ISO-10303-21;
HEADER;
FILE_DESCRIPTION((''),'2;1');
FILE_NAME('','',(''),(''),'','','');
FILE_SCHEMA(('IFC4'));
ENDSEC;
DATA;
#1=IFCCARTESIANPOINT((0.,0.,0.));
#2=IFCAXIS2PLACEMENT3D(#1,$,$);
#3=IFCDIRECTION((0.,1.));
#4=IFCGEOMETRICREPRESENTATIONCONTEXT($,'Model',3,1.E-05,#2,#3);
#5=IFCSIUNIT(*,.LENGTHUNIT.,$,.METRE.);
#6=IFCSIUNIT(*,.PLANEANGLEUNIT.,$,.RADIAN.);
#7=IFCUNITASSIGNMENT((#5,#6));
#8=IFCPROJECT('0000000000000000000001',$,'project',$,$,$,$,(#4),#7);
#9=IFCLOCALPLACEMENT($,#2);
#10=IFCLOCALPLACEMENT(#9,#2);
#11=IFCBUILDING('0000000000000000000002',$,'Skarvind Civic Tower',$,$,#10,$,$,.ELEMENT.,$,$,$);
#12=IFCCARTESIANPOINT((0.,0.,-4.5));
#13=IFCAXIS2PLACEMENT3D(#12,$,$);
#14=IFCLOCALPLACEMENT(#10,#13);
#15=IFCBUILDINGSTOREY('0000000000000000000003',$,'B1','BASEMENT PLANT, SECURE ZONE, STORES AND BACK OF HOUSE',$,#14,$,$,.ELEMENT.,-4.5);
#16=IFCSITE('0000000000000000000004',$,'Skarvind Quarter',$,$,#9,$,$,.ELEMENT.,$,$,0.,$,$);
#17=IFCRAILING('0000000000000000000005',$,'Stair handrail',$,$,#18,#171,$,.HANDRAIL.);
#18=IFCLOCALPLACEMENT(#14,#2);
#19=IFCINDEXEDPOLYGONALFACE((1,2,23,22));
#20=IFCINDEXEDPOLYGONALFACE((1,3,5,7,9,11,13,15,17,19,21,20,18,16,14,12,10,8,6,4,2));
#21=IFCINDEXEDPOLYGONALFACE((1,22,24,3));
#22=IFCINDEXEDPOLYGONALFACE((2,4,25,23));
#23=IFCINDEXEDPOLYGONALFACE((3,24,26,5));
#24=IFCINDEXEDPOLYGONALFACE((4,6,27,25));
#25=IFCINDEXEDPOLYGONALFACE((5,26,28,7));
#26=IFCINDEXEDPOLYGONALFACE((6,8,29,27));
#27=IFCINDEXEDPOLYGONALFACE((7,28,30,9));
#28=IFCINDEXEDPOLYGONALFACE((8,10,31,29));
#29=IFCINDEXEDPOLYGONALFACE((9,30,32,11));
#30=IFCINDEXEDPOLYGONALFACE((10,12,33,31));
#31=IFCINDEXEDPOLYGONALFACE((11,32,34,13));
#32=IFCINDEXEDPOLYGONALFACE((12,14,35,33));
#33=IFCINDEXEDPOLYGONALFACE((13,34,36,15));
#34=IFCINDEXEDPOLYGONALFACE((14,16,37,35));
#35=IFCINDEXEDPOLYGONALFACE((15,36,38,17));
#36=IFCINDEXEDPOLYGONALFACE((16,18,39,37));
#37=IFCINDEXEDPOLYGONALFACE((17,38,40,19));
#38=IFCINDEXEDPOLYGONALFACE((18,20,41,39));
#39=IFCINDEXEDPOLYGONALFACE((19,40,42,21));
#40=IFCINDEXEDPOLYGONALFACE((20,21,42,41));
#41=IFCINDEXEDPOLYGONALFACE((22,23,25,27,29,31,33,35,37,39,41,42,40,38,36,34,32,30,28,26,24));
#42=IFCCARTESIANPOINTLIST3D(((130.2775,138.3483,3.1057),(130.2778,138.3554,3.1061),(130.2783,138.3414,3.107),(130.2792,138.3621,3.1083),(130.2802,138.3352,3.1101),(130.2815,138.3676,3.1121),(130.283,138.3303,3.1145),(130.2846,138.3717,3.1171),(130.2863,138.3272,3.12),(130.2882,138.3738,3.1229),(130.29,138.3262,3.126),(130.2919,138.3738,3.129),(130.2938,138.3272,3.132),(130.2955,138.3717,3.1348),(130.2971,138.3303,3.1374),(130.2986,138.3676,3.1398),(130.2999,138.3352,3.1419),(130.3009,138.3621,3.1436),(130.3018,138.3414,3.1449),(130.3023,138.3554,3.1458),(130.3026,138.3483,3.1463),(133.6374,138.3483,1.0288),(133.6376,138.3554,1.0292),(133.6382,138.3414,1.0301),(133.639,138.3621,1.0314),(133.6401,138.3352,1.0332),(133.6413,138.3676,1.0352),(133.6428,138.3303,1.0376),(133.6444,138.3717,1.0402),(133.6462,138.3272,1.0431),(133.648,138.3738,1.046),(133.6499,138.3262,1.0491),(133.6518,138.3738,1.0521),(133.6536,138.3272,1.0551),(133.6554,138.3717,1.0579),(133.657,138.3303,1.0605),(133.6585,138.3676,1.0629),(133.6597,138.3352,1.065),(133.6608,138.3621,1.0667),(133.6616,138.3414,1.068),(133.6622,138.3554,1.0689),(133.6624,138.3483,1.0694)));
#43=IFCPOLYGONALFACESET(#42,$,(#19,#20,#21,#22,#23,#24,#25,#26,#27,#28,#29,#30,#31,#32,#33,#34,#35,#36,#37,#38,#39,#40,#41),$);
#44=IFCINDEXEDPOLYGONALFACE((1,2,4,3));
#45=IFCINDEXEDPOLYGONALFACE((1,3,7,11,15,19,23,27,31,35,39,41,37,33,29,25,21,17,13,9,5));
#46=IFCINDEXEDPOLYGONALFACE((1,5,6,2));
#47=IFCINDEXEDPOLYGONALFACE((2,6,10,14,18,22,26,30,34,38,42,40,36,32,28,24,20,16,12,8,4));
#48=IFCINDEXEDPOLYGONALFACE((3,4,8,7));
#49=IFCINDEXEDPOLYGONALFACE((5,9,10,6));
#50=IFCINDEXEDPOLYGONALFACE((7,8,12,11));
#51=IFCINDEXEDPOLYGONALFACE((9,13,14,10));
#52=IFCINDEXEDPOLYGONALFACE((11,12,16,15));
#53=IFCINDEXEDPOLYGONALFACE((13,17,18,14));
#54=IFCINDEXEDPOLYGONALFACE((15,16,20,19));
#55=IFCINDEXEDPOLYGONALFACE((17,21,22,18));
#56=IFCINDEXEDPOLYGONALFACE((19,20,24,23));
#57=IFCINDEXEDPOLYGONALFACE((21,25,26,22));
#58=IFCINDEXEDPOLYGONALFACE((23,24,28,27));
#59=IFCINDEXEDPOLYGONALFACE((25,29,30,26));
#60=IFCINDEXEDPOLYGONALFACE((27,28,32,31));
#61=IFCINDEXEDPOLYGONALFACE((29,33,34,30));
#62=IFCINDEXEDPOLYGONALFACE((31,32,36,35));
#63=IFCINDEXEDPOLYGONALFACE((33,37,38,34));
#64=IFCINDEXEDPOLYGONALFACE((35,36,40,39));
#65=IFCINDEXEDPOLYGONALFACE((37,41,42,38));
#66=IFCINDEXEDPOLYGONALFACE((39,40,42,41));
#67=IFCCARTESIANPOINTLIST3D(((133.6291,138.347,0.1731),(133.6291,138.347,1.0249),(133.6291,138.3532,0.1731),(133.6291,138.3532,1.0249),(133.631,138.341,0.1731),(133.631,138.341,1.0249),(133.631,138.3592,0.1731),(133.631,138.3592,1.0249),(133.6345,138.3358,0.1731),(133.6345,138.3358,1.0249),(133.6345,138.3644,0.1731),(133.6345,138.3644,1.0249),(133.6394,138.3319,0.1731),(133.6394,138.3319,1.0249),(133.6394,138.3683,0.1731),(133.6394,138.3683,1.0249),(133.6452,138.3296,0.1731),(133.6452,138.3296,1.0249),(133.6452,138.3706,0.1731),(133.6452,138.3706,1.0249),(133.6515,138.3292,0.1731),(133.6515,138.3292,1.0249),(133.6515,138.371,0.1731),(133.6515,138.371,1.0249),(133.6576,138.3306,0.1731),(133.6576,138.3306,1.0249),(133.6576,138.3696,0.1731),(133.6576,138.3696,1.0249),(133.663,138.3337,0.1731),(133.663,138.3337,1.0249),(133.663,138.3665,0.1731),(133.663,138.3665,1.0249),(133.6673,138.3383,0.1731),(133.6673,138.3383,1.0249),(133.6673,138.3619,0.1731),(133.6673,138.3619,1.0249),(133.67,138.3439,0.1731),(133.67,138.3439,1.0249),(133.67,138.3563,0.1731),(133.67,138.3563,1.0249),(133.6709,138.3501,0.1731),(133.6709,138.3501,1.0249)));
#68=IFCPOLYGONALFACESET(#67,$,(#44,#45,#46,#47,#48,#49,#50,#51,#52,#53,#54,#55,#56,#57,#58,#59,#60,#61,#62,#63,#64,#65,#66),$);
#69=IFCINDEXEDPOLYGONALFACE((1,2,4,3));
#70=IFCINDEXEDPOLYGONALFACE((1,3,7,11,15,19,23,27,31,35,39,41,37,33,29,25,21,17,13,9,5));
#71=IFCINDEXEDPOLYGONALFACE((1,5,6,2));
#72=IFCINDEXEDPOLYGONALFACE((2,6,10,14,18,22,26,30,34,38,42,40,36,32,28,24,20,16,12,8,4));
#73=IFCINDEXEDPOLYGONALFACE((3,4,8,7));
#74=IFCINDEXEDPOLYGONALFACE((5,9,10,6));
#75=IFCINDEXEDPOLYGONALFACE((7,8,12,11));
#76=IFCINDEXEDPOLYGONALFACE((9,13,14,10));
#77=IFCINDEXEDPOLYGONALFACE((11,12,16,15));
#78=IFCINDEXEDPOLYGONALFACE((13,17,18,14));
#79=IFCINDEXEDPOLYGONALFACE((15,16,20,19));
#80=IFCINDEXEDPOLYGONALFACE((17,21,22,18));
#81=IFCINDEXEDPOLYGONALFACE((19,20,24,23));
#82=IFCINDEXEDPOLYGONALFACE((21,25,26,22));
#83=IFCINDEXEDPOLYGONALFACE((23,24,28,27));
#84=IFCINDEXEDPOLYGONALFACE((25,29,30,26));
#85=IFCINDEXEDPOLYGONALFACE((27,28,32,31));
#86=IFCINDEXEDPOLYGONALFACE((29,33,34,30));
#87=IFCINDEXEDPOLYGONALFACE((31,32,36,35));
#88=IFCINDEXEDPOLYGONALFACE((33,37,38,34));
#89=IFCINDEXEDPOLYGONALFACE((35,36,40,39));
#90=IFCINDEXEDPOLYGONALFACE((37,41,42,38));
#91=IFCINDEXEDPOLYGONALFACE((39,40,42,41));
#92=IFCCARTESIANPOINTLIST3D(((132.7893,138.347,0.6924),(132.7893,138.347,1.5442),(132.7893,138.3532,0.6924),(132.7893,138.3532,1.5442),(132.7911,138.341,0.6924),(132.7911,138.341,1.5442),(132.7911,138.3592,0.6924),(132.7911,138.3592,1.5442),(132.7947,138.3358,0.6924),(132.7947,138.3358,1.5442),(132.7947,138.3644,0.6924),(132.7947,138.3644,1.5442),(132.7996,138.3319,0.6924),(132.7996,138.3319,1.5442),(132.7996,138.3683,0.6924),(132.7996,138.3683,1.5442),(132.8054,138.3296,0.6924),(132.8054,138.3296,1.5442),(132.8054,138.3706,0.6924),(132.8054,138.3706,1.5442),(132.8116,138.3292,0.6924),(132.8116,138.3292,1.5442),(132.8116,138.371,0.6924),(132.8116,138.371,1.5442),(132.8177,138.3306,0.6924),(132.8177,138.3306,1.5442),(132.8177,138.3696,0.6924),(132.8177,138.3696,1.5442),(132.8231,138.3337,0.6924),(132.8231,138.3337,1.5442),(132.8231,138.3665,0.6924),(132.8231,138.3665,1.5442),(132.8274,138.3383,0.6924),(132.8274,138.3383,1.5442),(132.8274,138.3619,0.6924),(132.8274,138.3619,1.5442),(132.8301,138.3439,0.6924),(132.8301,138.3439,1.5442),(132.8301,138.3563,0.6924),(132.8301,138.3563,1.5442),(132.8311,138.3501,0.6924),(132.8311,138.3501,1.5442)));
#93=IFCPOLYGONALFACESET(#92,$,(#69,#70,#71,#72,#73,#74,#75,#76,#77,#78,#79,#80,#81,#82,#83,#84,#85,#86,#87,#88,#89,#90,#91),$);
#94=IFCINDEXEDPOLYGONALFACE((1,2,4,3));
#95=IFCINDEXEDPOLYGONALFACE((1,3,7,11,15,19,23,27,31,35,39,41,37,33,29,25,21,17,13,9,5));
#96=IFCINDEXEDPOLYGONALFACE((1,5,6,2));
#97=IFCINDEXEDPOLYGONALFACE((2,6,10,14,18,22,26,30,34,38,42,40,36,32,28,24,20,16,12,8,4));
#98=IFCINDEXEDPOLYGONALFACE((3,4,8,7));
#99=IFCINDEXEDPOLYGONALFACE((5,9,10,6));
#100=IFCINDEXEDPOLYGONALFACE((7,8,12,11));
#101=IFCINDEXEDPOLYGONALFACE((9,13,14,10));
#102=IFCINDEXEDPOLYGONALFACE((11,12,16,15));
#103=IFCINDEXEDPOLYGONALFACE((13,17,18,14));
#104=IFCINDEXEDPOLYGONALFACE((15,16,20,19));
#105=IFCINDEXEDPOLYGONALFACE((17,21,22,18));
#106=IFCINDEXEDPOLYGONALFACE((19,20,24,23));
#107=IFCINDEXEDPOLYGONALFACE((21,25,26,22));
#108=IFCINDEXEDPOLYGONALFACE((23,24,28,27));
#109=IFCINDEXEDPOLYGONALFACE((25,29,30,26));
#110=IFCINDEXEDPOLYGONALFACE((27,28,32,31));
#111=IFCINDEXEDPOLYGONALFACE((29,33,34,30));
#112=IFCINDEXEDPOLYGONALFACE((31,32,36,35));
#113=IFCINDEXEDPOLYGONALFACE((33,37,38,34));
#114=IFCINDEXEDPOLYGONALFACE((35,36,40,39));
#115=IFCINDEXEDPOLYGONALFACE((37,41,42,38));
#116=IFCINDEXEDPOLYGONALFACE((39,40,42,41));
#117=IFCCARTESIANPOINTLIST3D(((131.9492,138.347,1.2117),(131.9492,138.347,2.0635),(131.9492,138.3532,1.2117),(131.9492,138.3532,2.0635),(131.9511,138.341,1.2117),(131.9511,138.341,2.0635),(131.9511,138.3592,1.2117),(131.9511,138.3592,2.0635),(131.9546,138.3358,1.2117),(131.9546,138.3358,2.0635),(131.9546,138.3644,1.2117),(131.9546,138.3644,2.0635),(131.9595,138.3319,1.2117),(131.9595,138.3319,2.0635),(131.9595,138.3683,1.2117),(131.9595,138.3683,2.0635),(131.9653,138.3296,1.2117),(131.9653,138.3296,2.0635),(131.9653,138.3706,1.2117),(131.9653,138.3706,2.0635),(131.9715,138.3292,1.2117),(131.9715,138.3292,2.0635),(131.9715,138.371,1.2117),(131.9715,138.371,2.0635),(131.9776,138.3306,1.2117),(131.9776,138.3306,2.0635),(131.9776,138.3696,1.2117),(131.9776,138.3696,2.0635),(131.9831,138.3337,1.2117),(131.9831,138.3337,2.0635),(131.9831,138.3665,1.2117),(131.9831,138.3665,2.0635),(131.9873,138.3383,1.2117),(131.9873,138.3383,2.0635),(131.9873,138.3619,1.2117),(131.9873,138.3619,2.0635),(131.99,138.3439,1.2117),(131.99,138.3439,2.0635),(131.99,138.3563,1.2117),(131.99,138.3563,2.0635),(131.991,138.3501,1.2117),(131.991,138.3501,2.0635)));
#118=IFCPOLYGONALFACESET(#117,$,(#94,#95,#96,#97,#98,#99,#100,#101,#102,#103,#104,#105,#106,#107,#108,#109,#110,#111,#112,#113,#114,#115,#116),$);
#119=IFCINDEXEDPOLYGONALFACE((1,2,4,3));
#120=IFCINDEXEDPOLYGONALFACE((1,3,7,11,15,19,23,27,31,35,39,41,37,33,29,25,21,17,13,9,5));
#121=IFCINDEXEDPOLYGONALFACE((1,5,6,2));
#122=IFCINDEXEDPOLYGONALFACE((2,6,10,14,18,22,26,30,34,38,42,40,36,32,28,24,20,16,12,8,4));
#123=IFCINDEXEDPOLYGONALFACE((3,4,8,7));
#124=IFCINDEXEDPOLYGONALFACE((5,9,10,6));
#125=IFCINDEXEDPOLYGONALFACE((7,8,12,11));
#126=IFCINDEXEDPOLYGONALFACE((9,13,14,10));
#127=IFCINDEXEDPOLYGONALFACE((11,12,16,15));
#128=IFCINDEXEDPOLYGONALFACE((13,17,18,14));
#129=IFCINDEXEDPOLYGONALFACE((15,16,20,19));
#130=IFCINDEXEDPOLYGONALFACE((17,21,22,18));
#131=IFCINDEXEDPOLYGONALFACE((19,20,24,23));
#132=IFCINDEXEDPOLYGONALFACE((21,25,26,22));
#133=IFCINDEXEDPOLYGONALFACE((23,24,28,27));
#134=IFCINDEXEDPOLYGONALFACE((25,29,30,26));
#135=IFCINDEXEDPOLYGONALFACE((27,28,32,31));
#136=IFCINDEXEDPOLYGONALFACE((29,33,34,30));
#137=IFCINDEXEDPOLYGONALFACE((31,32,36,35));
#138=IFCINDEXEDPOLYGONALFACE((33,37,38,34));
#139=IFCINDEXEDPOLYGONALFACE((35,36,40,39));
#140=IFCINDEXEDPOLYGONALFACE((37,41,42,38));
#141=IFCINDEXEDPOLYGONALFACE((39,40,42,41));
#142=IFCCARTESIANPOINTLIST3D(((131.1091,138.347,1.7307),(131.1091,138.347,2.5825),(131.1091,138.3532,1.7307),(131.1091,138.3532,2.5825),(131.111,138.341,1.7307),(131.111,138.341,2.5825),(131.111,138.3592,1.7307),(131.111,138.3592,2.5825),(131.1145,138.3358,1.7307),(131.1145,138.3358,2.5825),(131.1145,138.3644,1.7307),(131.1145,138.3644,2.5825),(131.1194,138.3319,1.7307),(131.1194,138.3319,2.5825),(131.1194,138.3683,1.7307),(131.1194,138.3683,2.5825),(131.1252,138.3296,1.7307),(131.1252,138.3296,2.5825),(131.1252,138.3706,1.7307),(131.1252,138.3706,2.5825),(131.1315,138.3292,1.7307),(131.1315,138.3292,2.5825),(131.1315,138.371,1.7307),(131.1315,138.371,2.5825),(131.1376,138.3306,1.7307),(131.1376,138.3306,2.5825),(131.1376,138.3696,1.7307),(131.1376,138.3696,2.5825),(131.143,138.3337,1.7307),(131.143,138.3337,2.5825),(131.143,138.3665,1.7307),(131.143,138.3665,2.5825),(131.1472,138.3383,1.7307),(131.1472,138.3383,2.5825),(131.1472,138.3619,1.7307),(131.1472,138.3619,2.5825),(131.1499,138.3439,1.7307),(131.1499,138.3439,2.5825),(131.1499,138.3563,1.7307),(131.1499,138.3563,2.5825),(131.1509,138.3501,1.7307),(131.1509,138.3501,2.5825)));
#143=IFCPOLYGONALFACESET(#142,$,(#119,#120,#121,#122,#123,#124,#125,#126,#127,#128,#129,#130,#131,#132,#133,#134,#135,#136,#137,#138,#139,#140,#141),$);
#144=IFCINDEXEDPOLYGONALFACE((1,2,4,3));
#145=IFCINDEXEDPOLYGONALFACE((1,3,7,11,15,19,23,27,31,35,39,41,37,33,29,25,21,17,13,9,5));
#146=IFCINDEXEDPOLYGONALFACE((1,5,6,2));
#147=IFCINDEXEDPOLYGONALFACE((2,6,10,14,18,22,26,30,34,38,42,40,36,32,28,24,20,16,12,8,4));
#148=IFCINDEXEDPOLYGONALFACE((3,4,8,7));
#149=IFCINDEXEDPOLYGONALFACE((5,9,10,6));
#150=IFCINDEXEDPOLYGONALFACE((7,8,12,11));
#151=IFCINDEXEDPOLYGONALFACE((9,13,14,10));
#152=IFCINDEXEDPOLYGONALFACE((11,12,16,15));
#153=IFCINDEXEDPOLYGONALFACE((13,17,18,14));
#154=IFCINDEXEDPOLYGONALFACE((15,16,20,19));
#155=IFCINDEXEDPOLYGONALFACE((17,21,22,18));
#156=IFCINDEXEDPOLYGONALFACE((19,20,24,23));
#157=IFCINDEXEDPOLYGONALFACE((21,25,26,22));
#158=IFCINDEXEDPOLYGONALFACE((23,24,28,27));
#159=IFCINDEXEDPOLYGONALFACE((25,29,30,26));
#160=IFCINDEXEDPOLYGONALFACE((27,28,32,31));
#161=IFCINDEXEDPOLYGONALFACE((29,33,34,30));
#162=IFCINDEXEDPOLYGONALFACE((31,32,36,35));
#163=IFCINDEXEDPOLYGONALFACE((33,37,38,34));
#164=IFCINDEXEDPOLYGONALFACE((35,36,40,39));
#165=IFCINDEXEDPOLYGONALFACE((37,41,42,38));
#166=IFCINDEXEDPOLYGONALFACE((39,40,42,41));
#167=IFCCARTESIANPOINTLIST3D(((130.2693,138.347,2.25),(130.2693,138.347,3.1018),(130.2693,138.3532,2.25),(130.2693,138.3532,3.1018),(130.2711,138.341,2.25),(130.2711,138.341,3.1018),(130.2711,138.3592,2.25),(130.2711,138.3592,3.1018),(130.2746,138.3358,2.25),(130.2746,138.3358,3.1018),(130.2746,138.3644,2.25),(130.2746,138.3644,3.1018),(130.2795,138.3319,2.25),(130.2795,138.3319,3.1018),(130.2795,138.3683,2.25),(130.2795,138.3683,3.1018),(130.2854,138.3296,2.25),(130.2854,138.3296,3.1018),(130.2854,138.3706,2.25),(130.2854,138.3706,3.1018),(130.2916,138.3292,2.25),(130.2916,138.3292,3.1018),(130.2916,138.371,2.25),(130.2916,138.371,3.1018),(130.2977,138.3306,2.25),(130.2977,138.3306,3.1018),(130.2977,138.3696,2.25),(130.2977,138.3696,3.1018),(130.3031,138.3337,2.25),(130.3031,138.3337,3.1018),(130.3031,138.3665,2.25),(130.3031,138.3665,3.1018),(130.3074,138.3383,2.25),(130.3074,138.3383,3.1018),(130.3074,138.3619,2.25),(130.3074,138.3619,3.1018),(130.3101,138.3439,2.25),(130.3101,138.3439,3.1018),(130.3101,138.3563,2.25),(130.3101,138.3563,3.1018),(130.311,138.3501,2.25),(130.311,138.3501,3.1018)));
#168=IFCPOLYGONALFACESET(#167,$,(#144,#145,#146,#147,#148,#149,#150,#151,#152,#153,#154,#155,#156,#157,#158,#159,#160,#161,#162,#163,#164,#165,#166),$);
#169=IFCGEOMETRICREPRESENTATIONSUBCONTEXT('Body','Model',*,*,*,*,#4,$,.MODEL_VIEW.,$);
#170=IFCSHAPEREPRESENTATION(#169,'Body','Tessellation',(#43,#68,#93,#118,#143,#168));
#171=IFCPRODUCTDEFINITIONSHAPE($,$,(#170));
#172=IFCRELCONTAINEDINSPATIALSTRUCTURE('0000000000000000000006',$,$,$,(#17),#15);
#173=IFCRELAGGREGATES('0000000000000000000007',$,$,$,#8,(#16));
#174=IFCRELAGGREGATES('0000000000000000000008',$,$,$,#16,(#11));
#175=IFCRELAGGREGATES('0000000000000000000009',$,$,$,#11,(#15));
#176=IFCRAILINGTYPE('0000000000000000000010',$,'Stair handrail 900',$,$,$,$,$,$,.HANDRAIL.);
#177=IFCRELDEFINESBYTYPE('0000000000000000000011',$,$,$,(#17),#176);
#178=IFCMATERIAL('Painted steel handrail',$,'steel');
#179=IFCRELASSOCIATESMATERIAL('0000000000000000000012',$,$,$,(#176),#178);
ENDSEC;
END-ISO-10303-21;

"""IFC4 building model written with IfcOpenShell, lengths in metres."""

from ifc_helpers import new_model, si_unit, direction, frame, origin, origin_2d, place, context, subcontext, project, spatial, circle, extrude, material, type_object, element, save


model = new_model("IFC4")

# Units and contexts
model_context = context("Model", 3, precision=1e-05, world=origin(), true_north=direction((0.0, 1.0)))
body_context = subcontext(model_context, "Body", "Model", "MODEL_VIEW")
ifc_project = project(units=[si_unit("LENGTHUNIT", "METRE"), si_unit("PLANEANGLEUNIT", "RADIAN")], contexts=[model_context])

# Site, building, storey
site_placement = place(None, origin())
site = spatial("IfcSite", under=ifc_project, at=site_placement, Name="Skarvind Quarter", CompositionType="ELEMENT", RefElevation=0.0)
building_placement = place(site_placement, origin())
building = spatial("IfcBuilding", under=site, at=building_placement, Name="Skarvind Civic Tower", CompositionType="ELEMENT")
storey_placement = place(building_placement, frame((0.0, 0.0, -4.5)))
storey = spatial("IfcBuildingStorey", under=building, at=storey_placement, Name="B1", Description="BASEMENT PLANT, SECURE ZONE, STORES AND BACK OF HOUSE", CompositionType="ELEMENT", Elevation=-4.5)

# Railing
ifc_material_1 = material(Name="Painted steel handrail", Category="steel")
railing_type = type_object("IfcRailingType", Name="Stair handrail 900", PredefinedType="HANDRAIL", material=ifc_material_1)
railing_1_placement = place(storey_placement, frame((133.6499, 138.3501, 0.1731)))
element("IfcRailing", 1, at=railing_1_placement, inside=storey, type_object=railing_type, Name="Stair handrail", PredefinedType="HANDRAIL", context=body_context, shape_type="SweptSolid", body=[
    extrude(circle(Radius=0.0239, at=origin_2d()), frame((0.0, 0.0, 0.876), z_axis=(-0.850606, 0.0, 0.525803), x_axis=(0.0, -1.0, 0.0)), (0.0, 0.0, 1.0), 3.95),
    extrude(circle(Radius=0.021, at=origin_2d()), origin(), (0.0, 0.0, 1.0), 0.8518),
    extrude(circle(Radius=0.021, at=origin_2d()), frame((-0.8398, 0.0, 0.5193)), (0.0, 0.0, 1.0), 0.8518),
    extrude(circle(Radius=0.021, at=origin_2d()), frame((-1.6799, 0.0, 1.0386)), (0.0, 0.0, 1.0), 0.8518),
    extrude(circle(Radius=0.021, at=origin_2d()), frame((-2.52, 0.0, 1.5576)), (0.0, 0.0, 1.0), 0.8518),
    extrude(circle(Radius=0.021, at=origin_2d()), frame((-3.3599, 0.0, 2.0769)), (0.0, 0.0, 1.0), 0.8518),
])

save(model, "model.ifc")
